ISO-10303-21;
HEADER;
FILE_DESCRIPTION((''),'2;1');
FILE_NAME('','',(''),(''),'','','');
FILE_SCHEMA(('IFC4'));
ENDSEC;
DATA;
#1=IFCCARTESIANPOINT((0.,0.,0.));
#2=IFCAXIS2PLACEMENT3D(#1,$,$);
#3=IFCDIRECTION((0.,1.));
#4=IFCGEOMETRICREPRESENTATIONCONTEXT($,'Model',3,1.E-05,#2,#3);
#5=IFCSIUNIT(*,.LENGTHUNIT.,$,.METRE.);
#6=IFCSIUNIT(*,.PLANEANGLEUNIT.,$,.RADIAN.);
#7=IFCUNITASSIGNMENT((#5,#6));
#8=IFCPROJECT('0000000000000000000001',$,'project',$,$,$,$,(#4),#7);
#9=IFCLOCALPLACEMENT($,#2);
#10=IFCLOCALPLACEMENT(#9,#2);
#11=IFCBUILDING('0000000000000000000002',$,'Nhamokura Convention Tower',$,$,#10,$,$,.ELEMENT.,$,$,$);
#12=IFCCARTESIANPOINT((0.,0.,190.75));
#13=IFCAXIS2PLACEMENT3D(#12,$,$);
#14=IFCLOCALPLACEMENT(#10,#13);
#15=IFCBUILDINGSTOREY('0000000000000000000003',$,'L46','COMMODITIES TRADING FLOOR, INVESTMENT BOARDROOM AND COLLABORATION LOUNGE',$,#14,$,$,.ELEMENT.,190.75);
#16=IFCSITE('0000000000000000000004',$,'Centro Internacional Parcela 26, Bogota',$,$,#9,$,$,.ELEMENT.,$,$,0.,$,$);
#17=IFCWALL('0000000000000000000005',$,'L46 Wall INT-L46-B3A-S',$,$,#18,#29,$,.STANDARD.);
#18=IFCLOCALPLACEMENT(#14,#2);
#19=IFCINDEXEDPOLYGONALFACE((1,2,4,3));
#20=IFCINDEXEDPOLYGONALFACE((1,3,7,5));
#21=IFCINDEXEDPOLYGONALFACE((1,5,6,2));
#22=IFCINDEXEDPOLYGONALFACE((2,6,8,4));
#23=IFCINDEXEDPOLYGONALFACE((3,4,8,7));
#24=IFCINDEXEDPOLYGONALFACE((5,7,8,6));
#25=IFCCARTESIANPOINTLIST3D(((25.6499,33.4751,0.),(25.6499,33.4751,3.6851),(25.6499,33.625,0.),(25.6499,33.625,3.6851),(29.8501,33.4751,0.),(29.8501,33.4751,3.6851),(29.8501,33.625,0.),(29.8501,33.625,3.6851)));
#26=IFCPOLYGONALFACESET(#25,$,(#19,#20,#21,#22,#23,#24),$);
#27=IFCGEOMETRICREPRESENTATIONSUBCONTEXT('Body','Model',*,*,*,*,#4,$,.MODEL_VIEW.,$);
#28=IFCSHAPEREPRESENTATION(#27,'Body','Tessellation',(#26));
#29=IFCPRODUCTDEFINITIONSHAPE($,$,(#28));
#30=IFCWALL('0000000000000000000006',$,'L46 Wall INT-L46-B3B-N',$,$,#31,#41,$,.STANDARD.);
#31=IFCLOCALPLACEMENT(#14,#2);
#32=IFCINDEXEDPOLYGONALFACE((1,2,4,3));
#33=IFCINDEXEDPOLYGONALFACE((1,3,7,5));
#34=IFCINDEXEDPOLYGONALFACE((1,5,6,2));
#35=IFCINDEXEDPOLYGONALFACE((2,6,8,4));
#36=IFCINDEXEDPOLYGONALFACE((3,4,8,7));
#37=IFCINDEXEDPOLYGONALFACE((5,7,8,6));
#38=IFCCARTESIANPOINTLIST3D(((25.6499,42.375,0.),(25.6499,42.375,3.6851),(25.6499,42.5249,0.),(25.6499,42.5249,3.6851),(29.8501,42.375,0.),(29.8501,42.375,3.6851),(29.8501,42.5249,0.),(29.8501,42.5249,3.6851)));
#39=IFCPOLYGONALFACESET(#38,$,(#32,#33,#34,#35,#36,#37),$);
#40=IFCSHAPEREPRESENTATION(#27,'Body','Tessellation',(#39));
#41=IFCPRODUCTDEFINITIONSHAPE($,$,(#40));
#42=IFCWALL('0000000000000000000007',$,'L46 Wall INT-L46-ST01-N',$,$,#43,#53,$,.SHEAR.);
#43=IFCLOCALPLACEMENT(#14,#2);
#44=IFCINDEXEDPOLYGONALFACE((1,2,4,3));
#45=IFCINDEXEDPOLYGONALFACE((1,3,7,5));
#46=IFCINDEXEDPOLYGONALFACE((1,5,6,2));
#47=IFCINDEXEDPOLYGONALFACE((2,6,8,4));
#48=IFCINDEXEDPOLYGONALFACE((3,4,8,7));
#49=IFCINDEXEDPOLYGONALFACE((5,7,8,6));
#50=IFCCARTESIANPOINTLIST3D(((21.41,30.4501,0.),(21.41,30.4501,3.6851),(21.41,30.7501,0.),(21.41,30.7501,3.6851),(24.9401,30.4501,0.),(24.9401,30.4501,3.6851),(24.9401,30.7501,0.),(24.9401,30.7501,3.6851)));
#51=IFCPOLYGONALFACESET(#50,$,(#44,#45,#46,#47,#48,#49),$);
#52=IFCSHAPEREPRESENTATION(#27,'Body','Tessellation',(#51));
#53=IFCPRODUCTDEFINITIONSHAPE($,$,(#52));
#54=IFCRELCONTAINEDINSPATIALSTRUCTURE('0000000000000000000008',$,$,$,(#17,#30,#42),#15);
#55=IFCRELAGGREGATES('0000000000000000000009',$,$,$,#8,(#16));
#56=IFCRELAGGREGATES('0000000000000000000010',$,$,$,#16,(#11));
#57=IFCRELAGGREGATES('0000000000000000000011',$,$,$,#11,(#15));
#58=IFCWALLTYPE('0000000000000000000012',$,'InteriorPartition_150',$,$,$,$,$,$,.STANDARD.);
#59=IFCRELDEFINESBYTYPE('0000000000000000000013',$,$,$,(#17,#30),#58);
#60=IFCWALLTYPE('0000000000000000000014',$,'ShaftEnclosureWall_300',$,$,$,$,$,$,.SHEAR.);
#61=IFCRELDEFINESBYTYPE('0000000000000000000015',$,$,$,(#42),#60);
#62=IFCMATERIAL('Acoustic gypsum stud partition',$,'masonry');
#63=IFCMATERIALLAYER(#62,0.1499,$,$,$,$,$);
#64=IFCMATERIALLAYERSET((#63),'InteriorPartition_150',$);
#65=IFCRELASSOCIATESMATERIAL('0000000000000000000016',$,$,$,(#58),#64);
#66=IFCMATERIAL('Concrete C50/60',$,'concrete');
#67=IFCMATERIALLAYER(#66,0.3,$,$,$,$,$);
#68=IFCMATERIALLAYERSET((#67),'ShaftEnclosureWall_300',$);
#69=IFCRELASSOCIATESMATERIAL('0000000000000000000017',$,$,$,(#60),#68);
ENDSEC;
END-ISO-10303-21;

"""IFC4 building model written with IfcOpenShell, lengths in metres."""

from ifc_helpers import new_model, si_unit, direction, frame, frame_2d, origin, place, context, subcontext, project, spatial, rectangle, extrude, material, layer, layer_set, type_object, element, save


model = new_model("IFC4")

# Units and contexts
model_context = context("Model", 3, precision=1e-05, world=origin(), true_north=direction((0.0, 1.0)))
body_context = subcontext(model_context, "Body", "Model", "MODEL_VIEW")
ifc_project = project(units=[si_unit("LENGTHUNIT", "METRE"), si_unit("PLANEANGLEUNIT", "RADIAN")], contexts=[model_context])

# Site, building, storey
site_placement = place(None, origin())
site = spatial("IfcSite", under=ifc_project, at=site_placement, Name="Centro Internacional Parcela 26, Bogota", CompositionType="ELEMENT", RefElevation=0.0)
building_placement = place(site_placement, origin())
building = spatial("IfcBuilding", under=site, at=building_placement, Name="Nhamokura Convention Tower", CompositionType="ELEMENT")
storey_placement = place(building_placement, frame((0.0, 0.0, 190.75)))
storey = spatial("IfcBuildingStorey", under=building, at=storey_placement, Name="L46", Description="COMMODITIES TRADING FLOOR, INVESTMENT BOARDROOM AND COLLABORATION LOUNGE", CompositionType="ELEMENT", Elevation=190.75)

# Walls
ifc_material_1 = material(Name="Acoustic gypsum stud partition", Category="masonry")
ifc_layer_1 = layer(ifc_material_1, 0.1499)
ifc_layer_set_1 = layer_set([ifc_layer_1], Name="InteriorPartition_150")
wall_type_1 = type_object("IfcWallType", Name="InteriorPartition_150", PredefinedType="STANDARD", material=ifc_layer_set_1)
for number, where, z_axis, x_axis, name in (
    (1, (25.6499, 33.55, 0.0), (0.0, 0.0, 1.0), (1.0, 0.0, 0.0), "L46 Wall INT-L46-B3A-S"),
    (2, (25.6499, 42.45, 0.0), (0.0, 0.0, 1.0), (1.0, 0.0, 0.0), "L46 Wall INT-L46-B3B-N"),
):
    element("IfcWall", number, at=place(storey_placement, frame(where, z_axis=z_axis, x_axis=x_axis)), inside=storey, type_object=wall_type_1, Name=name, PredefinedType="STANDARD", context=body_context, shape_type="SweptSolid", body=[
        extrude(rectangle(XDim=4.2002, YDim=0.1499, at=frame_2d((2.1001, 0.0))), origin(), (0.0, 0.0, 1.0), 3.6851),
    ])
ifc_material_2 = material(Name="Concrete C50/60", Category="concrete")
ifc_layer_2 = layer(ifc_material_2, 0.3)
ifc_layer_set_2 = layer_set([ifc_layer_2], Name="ShaftEnclosureWall_300")
wall_type_2 = type_object("IfcWallType", Name="ShaftEnclosureWall_300", PredefinedType="SHEAR", material=ifc_layer_set_2)
wall_1_placement = place(storey_placement, frame((21.4099, 30.6001, 0.0), z_axis=(0.0, 0.0, 1.0), x_axis=(1.0, 0.0, 0.0)))
element("IfcWall", 3, at=wall_1_placement, inside=storey, type_object=wall_type_2, Name="L46 Wall INT-L46-ST01-N", PredefinedType="SHEAR", context=body_context, shape_type="SweptSolid", body=[
    extrude(rectangle(XDim=3.53, YDim=0.3, at=frame_2d((1.7651, 0.0))), origin(), (0.0, 0.0, 1.0), 3.6851),
])

save(model, "model.ifc")
